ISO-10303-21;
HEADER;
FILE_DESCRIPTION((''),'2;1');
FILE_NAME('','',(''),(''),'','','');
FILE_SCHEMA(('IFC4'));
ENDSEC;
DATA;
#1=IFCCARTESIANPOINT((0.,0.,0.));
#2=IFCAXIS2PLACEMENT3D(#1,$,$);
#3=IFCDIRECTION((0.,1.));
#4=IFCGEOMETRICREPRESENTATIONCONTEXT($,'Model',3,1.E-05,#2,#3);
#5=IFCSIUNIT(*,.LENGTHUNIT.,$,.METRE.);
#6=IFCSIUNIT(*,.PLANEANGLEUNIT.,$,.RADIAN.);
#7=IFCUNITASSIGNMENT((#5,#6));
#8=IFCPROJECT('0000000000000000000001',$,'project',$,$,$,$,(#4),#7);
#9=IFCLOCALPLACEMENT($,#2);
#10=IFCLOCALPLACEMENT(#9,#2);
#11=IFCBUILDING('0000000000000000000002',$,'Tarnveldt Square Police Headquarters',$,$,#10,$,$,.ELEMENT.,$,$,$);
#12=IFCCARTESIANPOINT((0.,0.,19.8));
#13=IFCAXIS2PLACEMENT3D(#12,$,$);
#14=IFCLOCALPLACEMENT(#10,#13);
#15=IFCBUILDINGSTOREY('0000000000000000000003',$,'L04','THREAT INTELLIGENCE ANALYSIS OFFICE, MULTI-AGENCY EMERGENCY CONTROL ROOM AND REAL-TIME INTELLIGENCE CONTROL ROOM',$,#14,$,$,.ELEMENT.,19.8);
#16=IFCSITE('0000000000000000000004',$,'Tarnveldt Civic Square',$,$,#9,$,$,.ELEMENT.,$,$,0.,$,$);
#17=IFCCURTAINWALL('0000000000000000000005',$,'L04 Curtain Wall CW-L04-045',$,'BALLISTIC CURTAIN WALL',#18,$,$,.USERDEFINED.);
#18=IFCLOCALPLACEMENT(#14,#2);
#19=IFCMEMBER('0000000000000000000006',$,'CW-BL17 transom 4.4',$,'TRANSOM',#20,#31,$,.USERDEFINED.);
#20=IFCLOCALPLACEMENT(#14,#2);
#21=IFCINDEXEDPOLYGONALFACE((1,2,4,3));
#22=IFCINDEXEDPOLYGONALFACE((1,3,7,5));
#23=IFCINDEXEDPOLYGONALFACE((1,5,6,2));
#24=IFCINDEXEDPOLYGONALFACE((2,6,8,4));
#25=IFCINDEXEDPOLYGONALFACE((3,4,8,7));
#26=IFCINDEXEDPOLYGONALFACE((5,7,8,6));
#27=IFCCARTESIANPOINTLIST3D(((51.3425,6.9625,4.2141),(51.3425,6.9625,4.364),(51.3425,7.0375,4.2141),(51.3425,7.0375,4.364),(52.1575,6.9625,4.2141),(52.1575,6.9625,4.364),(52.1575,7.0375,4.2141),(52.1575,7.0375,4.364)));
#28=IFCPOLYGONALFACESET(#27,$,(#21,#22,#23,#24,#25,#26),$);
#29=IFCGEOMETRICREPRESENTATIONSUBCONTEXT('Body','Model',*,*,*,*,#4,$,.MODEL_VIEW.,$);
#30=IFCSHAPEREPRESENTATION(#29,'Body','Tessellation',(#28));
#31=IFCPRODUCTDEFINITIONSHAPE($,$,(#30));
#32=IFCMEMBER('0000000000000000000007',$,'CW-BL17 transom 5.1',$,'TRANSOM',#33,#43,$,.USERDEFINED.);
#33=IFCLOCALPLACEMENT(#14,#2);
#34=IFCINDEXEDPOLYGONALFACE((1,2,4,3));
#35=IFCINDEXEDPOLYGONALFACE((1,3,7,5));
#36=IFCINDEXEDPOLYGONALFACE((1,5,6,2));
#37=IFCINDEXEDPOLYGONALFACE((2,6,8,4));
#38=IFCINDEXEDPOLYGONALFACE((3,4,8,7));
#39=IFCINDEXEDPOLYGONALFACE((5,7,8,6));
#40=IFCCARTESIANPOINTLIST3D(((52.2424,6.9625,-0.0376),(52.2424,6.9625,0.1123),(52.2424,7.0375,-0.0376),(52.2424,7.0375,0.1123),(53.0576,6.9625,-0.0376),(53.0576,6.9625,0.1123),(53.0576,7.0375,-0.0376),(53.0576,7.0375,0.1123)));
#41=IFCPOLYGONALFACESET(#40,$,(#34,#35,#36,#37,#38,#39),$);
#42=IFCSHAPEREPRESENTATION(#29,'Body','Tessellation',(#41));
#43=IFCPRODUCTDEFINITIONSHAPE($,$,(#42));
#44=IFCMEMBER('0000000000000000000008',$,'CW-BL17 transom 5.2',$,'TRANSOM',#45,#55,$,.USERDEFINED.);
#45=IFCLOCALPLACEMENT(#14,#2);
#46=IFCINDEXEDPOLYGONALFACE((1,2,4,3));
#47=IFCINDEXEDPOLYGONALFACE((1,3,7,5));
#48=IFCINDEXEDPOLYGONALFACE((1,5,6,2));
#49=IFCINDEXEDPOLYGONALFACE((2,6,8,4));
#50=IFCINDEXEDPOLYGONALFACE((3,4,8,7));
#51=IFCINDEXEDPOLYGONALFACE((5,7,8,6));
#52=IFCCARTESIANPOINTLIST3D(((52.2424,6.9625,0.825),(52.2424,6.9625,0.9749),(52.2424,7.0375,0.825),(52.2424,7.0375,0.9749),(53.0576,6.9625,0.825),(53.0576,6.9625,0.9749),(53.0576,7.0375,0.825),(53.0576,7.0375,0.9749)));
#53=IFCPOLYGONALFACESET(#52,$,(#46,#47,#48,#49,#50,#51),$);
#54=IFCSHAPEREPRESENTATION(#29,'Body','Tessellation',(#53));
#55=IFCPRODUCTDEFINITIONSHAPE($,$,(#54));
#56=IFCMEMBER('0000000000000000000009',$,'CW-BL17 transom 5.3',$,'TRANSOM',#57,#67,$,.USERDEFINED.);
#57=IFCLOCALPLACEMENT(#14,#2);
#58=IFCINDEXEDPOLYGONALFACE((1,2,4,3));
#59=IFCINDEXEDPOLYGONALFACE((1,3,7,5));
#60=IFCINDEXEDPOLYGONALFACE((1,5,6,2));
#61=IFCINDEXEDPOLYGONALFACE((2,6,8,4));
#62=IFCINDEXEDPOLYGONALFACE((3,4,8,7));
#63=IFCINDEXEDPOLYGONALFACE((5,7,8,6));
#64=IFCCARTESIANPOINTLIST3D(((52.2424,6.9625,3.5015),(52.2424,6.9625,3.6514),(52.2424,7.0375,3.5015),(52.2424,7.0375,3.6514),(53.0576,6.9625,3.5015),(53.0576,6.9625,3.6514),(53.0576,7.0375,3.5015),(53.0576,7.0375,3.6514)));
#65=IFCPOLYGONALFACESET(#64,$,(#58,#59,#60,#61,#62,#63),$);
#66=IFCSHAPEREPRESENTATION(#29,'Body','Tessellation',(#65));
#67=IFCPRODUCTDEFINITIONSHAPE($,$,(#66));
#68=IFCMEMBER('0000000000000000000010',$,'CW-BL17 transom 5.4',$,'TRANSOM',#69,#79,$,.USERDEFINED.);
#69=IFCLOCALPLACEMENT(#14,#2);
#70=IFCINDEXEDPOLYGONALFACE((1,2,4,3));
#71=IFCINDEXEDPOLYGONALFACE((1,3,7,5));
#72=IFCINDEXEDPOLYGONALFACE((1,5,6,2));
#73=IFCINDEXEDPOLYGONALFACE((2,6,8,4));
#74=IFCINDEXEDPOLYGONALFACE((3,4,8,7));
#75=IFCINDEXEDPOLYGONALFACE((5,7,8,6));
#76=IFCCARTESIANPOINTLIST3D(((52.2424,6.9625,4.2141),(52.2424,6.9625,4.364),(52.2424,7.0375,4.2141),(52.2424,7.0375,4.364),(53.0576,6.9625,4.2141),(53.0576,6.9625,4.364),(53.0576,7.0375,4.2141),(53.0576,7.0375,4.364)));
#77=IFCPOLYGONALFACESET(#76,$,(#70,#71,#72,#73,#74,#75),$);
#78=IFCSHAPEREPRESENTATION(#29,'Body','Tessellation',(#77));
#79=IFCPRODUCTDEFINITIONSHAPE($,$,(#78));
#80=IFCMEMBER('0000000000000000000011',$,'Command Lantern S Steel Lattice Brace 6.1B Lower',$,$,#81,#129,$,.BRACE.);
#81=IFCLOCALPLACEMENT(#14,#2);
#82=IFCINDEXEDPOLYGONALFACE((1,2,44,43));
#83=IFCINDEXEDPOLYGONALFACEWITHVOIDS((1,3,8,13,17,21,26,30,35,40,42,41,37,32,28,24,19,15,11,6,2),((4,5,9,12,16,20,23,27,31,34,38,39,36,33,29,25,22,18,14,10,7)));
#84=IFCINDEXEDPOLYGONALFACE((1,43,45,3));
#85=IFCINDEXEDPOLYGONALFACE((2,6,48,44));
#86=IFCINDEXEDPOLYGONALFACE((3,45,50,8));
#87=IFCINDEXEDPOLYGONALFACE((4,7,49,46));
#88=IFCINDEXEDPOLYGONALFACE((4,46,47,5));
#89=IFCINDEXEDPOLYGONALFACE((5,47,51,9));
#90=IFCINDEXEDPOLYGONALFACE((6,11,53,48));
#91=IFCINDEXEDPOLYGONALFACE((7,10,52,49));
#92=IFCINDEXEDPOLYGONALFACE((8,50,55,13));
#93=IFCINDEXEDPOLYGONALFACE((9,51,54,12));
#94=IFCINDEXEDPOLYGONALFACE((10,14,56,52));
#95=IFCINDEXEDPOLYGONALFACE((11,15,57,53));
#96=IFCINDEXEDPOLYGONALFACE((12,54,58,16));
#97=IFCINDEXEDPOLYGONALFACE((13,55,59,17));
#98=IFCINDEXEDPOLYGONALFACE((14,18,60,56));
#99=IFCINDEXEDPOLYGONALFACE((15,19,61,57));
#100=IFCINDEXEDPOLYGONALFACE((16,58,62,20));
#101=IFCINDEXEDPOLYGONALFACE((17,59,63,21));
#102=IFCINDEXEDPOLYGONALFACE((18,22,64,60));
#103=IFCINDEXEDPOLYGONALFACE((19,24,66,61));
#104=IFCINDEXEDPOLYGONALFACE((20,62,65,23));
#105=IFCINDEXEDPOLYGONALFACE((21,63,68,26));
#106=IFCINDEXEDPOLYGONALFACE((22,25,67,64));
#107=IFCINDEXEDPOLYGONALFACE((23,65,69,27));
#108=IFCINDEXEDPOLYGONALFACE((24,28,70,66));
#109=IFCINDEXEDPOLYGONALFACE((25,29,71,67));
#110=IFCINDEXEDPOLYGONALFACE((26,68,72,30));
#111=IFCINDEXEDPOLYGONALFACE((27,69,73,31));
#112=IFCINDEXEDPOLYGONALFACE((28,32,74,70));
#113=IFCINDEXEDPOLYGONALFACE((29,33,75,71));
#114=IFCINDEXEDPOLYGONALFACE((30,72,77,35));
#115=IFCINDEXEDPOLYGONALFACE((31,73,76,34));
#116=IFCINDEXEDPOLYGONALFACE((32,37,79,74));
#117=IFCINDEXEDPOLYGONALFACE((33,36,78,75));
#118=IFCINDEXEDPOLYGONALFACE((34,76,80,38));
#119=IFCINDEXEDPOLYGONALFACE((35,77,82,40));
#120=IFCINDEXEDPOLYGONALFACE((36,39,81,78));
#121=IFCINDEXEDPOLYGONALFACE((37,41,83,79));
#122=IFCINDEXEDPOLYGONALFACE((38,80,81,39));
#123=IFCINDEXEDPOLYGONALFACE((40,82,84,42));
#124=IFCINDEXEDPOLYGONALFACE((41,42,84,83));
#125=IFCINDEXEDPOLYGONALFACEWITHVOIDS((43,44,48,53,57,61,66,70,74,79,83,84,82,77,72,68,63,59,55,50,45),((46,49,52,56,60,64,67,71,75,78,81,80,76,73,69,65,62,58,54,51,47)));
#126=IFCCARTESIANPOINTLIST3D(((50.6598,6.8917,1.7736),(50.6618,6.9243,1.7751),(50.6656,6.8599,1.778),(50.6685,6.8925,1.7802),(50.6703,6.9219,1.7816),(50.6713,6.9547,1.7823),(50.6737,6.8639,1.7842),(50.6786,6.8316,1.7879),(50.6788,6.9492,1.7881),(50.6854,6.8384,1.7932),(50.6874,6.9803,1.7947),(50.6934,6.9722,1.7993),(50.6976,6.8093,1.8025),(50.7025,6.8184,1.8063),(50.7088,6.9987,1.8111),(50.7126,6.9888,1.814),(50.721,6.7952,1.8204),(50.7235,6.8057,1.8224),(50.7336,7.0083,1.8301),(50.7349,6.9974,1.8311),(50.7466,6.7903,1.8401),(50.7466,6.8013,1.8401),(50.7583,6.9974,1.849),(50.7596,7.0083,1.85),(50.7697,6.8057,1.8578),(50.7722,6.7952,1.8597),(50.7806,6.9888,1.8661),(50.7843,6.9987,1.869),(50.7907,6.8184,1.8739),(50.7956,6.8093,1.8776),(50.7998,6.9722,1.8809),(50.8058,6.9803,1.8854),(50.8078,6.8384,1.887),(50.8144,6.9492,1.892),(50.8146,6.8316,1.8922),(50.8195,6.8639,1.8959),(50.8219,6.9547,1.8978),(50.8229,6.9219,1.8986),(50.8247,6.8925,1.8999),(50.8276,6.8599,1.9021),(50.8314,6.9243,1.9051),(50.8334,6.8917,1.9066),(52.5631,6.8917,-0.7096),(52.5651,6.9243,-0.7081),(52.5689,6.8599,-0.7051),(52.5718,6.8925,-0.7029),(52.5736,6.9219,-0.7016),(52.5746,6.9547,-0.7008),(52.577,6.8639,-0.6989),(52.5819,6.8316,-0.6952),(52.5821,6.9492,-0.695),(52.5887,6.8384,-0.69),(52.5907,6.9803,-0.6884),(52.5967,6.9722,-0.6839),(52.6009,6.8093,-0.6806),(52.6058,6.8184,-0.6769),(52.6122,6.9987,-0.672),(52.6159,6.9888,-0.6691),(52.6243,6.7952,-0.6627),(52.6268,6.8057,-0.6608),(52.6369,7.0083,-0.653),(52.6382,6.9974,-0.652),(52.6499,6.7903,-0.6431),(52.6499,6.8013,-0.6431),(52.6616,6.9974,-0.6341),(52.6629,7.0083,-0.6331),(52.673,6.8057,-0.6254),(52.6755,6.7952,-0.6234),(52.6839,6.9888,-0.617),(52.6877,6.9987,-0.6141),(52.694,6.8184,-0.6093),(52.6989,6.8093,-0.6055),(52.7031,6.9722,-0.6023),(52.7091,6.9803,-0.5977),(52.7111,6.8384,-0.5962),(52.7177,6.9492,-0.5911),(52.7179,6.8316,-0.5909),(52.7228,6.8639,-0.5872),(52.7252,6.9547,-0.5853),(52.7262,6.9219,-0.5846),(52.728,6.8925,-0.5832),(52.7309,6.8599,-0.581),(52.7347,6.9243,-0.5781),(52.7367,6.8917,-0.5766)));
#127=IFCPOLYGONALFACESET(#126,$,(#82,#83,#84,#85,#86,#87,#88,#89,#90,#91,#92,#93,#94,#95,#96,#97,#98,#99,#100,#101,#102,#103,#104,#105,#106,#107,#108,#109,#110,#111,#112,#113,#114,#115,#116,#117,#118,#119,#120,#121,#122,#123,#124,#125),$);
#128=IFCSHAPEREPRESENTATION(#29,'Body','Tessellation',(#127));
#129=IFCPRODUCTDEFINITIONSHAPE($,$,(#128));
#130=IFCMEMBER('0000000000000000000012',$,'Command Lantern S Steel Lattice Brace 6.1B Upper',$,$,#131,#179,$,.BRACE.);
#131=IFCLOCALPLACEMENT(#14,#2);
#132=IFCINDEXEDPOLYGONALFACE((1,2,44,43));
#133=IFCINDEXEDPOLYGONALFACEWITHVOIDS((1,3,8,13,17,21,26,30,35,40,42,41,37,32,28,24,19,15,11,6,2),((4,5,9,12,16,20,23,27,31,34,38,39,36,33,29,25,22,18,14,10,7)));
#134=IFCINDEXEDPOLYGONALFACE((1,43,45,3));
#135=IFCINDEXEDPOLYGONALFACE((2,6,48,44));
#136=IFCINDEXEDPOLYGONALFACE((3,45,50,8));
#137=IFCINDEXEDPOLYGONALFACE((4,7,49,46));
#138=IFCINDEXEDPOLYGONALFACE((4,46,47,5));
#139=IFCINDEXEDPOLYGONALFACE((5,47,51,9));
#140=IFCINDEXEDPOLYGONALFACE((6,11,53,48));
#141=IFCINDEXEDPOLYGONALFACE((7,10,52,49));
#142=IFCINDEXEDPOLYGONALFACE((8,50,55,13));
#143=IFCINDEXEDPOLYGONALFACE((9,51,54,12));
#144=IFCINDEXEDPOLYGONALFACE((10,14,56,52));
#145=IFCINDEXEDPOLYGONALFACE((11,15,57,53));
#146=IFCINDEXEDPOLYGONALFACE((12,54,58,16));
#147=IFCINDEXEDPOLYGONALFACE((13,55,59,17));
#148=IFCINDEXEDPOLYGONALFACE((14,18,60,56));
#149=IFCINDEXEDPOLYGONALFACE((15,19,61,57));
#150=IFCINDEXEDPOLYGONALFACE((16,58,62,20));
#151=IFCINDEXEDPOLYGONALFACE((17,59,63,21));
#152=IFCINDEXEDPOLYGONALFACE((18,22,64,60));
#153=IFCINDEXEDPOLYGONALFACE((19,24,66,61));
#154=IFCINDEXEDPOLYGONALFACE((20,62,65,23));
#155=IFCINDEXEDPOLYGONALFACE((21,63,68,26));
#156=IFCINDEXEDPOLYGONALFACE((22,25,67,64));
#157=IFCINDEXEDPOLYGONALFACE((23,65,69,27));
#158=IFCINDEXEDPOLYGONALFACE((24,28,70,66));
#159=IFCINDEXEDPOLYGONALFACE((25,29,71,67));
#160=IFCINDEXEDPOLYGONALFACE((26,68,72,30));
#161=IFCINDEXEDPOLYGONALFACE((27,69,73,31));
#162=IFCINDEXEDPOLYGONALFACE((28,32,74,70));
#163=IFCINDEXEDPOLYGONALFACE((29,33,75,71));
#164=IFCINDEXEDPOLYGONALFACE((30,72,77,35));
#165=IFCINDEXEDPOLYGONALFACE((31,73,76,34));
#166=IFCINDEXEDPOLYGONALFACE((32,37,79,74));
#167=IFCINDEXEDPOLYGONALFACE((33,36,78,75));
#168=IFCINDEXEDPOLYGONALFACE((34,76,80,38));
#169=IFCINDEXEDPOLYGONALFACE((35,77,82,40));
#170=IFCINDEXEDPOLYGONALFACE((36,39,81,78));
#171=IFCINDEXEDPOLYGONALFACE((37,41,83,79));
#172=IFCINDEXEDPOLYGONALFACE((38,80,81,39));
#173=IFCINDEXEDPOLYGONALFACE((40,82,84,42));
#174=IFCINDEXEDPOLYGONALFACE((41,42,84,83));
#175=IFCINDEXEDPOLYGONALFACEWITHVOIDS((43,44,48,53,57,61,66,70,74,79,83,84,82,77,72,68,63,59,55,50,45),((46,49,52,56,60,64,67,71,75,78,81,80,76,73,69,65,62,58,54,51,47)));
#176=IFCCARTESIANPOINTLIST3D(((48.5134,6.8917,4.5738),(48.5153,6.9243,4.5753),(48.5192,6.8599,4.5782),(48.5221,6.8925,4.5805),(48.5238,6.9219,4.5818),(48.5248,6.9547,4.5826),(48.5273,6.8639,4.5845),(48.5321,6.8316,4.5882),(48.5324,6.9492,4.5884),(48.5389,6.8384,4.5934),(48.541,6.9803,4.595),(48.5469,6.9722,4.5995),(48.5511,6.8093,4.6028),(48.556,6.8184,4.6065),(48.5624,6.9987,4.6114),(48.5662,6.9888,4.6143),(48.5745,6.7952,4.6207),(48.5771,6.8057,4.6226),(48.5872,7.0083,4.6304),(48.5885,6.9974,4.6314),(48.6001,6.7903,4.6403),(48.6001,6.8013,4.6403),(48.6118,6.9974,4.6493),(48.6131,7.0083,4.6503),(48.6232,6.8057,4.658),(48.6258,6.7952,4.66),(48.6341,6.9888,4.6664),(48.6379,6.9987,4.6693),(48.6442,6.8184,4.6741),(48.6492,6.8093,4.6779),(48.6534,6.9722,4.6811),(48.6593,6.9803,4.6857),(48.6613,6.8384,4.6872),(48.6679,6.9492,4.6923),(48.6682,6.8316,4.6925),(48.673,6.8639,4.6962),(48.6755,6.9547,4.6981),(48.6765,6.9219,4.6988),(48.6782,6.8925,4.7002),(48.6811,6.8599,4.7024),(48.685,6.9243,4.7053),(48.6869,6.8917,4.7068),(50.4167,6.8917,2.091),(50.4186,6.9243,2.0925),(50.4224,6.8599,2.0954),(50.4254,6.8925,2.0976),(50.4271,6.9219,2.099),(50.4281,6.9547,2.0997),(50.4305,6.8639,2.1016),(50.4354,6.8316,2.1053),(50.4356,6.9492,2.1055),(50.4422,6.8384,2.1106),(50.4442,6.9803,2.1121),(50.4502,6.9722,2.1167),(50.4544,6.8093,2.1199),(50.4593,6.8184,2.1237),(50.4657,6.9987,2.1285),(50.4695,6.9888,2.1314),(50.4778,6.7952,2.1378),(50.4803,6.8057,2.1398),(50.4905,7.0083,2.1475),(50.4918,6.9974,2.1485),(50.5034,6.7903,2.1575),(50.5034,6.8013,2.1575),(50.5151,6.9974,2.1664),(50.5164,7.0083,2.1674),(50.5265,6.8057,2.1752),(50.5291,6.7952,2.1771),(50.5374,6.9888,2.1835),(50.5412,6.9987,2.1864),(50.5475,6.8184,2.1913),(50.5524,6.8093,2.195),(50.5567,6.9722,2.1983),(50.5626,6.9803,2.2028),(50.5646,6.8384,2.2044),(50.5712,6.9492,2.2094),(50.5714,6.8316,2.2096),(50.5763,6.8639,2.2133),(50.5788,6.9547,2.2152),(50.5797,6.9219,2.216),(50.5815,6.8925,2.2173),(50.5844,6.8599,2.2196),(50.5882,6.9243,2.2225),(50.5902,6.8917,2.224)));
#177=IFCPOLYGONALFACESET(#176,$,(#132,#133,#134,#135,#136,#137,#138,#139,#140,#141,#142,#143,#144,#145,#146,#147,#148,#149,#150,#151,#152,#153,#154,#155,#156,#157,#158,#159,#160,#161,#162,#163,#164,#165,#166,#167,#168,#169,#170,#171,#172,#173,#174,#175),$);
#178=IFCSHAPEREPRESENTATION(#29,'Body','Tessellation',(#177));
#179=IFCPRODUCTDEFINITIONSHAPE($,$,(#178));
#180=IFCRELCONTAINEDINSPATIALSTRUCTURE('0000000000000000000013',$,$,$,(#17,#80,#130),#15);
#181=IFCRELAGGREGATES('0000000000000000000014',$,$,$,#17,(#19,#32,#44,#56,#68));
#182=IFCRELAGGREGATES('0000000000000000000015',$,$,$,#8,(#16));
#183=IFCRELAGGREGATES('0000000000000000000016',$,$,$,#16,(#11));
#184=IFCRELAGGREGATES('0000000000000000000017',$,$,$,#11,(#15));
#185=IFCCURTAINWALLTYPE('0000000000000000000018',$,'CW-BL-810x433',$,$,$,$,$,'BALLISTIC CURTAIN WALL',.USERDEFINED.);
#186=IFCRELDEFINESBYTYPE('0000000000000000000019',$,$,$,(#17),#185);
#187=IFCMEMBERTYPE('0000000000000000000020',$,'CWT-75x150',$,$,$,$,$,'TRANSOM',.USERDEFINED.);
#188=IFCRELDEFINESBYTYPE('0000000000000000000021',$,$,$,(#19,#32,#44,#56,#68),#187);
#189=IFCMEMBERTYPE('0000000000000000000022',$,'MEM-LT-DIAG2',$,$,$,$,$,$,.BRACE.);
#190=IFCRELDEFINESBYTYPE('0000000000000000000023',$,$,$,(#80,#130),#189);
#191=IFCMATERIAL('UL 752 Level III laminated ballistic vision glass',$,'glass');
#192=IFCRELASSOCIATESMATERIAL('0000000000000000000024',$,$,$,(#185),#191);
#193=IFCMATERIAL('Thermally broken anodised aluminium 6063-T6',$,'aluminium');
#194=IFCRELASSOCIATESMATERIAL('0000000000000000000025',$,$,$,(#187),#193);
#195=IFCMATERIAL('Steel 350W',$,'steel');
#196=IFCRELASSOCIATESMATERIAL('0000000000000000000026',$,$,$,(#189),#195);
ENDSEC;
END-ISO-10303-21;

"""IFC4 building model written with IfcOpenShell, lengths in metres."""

from ifc_helpers import new_model, si_unit, direction, frame, origin, origin_2d, place, context, subcontext, project, spatial, rectangle, hollow_circle, extrude, material, material_profile, profile_set, type_object, element, aggregate, save


model = new_model("IFC4")

# Units and contexts
model_context = context("Model", 3, precision=1e-05, world=origin(), true_north=direction((0.0, 1.0)))
body_context = subcontext(model_context, "Body", "Model", "MODEL_VIEW")
ifc_project = project(units=[si_unit("LENGTHUNIT", "METRE"), si_unit("PLANEANGLEUNIT", "RADIAN")], contexts=[model_context])

# Site, building, storey
site_placement = place(None, origin())
site = spatial("IfcSite", under=ifc_project, at=site_placement, Name="Tarnveldt Civic Square", CompositionType="ELEMENT", RefElevation=0.0)
building_placement = place(site_placement, origin())
building = spatial("IfcBuilding", under=site, at=building_placement, Name="Tarnveldt Square Police Headquarters", CompositionType="ELEMENT")
storey_placement = place(building_placement, frame((0.0, 0.0, 19.8)))
storey = spatial("IfcBuildingStorey", under=building, at=storey_placement, Name="L04", Description="THREAT INTELLIGENCE ANALYSIS OFFICE, MULTI-AGENCY EMERGENCY CONTROL ROOM AND REAL-TIME INTELLIGENCE CONTROL ROOM", CompositionType="ELEMENT", Elevation=19.8)

# Curtain wall, members
ifc_material_1 = material(Name="UL 752 Level III laminated ballistic vision glass", Category="glass")
curtain_wall_type = type_object("IfcCurtainWallType", Name="CW-BL-810x433", ElementType="BALLISTIC CURTAIN WALL", PredefinedType="USERDEFINED", material=ifc_material_1)
curtain_wall_placement = place(storey_placement, origin())
curtain_wall = element("IfcCurtainWall", 1, at=curtain_wall_placement, inside=storey, type_object=curtain_wall_type, Name="L04 Curtain Wall CW-L04-045", ObjectType="BALLISTIC CURTAIN WALL", PredefinedType="USERDEFINED")
ifc_material_2 = material(Name="Thermally broken anodised aluminium 6063-T6", Category="aluminium")
ifc_material_profile_1 = material_profile(ifc_material_2, rectangle(XDim=0.075, YDim=0.1499, at=origin_2d()), Name="CW-T75x150")
ifc_profile_set_1 = profile_set([ifc_material_profile_1], Name="Thermally broken anodised aluminium 6063-T6")
member_type_1 = type_object("IfcMemberType", Name="CWT-75x150", ElementType="TRANSOM", PredefinedType="USERDEFINED", material=ifc_profile_set_1)
member_1_placement = place(storey_placement, frame((51.3425, 7.0, 4.2891), z_axis=(1.0, 0.0, 0.0), x_axis=(0.0, 1.0, 0.0)))
member_1 = element("IfcMember", 2, at=member_1_placement, type_object=member_type_1, Name="CW-BL17 transom 4.4", ObjectType="TRANSOM", PredefinedType="USERDEFINED", context=body_context, shape_type="SweptSolid", body=[
    extrude(rectangle(XDim=0.075, YDim=0.1499, at=origin_2d()), origin(), (0.0, 0.0, 1.0), 0.8149),
])
member_2_placement = place(storey_placement, frame((52.2424, 7.0, 0.0374), z_axis=(1.0, 0.0, 0.0), x_axis=(0.0, 1.0, 0.0)))
member_2 = element("IfcMember", 3, at=member_2_placement, type_object=member_type_1, Name="CW-BL17 transom 5.1", ObjectType="TRANSOM", PredefinedType="USERDEFINED", context=body_context, shape_type="SweptSolid", body=[
    extrude(rectangle(XDim=0.075, YDim=0.1499, at=origin_2d()), origin(), (0.0, 0.0, 1.0), 0.8152),
])
member_3_placement = place(storey_placement, frame((52.2424, 7.0, 0.8999), z_axis=(1.0, 0.0, 0.0), x_axis=(0.0, 1.0, 0.0)))
member_3 = element("IfcMember", 4, at=member_3_placement, type_object=member_type_1, Name="CW-BL17 transom 5.2", ObjectType="TRANSOM", PredefinedType="USERDEFINED", context=body_context, shape_type="SweptSolid", body=[
    extrude(rectangle(XDim=0.075, YDim=0.1499, at=origin_2d()), origin(), (0.0, 0.0, 1.0), 0.8152),
])
member_4_placement = place(storey_placement, frame((52.2424, 7.0, 3.5764), z_axis=(1.0, 0.0, 0.0), x_axis=(0.0, 1.0, 0.0)))
member_4 = element("IfcMember", 5, at=member_4_placement, type_object=member_type_1, Name="CW-BL17 transom 5.3", ObjectType="TRANSOM", PredefinedType="USERDEFINED", context=body_context, shape_type="SweptSolid", body=[
    extrude(rectangle(XDim=0.075, YDim=0.1499, at=origin_2d()), origin(), (0.0, 0.0, 1.0), 0.8152),
])
member_5_placement = place(storey_placement, frame((52.2424, 7.0, 4.2891), z_axis=(1.0, 0.0, 0.0), x_axis=(0.0, 1.0, 0.0)))
member_5 = element("IfcMember", 6, at=member_5_placement, type_object=member_type_1, Name="CW-BL17 transom 5.4", ObjectType="TRANSOM", PredefinedType="USERDEFINED", context=body_context, shape_type="SweptSolid", body=[
    extrude(rectangle(XDim=0.075, YDim=0.1499, at=origin_2d()), origin(), (0.0, 0.0, 1.0), 0.8152),
])

# Members
ifc_material_3 = material(Name="Steel 350W", Category="steel")
ifc_material_profile_2 = material_profile(ifc_material_3, hollow_circle(Radius=0.1096, WallThickness=0.011, at=origin_2d()), Name="HSS219x11")
ifc_profile_set_2 = profile_set([ifc_material_profile_2], Name="Steel 350W")
member_type_2 = type_object("IfcMemberType", Name="MEM-LT-DIAG2", PredefinedType="BRACE", material=ifc_profile_set_2)
member_6_placement = place(storey_placement, frame((52.6499, 6.8999, -0.6431), z_axis=(-0.608345, 0.0, 0.793673), x_axis=(0.0, -1.0, 0.0)))
element("IfcMember", 7, at=member_6_placement, inside=storey, type_object=member_type_2, Name="Command Lantern S Steel Lattice Brace 6.1B Lower", PredefinedType="BRACE", context=body_context, shape_type="SweptSolid", body=[
    extrude(hollow_circle(Radius=0.1096, WallThickness=0.011, at=origin_2d()), origin(), (0.0, 0.0, 1.0), 3.1287),
])
member_7_placement = place(storey_placement, frame((50.5034, 6.8999, 2.1575), z_axis=(-0.608382, 0.0, 0.793644), x_axis=(0.0, -1.0, 0.0)))
element("IfcMember", 8, at=member_7_placement, inside=storey, type_object=member_type_2, Name="Command Lantern S Steel Lattice Brace 6.1B Upper", PredefinedType="BRACE", context=body_context, shape_type="SweptSolid", body=[
    extrude(hollow_circle(Radius=0.1096, WallThickness=0.011, at=origin_2d()), origin(), (0.0, 0.0, 1.0), 3.1284),
])

aggregate(curtain_wall, [member_1, member_2, member_3, member_4, member_5])

save(model, "model.ifc")
